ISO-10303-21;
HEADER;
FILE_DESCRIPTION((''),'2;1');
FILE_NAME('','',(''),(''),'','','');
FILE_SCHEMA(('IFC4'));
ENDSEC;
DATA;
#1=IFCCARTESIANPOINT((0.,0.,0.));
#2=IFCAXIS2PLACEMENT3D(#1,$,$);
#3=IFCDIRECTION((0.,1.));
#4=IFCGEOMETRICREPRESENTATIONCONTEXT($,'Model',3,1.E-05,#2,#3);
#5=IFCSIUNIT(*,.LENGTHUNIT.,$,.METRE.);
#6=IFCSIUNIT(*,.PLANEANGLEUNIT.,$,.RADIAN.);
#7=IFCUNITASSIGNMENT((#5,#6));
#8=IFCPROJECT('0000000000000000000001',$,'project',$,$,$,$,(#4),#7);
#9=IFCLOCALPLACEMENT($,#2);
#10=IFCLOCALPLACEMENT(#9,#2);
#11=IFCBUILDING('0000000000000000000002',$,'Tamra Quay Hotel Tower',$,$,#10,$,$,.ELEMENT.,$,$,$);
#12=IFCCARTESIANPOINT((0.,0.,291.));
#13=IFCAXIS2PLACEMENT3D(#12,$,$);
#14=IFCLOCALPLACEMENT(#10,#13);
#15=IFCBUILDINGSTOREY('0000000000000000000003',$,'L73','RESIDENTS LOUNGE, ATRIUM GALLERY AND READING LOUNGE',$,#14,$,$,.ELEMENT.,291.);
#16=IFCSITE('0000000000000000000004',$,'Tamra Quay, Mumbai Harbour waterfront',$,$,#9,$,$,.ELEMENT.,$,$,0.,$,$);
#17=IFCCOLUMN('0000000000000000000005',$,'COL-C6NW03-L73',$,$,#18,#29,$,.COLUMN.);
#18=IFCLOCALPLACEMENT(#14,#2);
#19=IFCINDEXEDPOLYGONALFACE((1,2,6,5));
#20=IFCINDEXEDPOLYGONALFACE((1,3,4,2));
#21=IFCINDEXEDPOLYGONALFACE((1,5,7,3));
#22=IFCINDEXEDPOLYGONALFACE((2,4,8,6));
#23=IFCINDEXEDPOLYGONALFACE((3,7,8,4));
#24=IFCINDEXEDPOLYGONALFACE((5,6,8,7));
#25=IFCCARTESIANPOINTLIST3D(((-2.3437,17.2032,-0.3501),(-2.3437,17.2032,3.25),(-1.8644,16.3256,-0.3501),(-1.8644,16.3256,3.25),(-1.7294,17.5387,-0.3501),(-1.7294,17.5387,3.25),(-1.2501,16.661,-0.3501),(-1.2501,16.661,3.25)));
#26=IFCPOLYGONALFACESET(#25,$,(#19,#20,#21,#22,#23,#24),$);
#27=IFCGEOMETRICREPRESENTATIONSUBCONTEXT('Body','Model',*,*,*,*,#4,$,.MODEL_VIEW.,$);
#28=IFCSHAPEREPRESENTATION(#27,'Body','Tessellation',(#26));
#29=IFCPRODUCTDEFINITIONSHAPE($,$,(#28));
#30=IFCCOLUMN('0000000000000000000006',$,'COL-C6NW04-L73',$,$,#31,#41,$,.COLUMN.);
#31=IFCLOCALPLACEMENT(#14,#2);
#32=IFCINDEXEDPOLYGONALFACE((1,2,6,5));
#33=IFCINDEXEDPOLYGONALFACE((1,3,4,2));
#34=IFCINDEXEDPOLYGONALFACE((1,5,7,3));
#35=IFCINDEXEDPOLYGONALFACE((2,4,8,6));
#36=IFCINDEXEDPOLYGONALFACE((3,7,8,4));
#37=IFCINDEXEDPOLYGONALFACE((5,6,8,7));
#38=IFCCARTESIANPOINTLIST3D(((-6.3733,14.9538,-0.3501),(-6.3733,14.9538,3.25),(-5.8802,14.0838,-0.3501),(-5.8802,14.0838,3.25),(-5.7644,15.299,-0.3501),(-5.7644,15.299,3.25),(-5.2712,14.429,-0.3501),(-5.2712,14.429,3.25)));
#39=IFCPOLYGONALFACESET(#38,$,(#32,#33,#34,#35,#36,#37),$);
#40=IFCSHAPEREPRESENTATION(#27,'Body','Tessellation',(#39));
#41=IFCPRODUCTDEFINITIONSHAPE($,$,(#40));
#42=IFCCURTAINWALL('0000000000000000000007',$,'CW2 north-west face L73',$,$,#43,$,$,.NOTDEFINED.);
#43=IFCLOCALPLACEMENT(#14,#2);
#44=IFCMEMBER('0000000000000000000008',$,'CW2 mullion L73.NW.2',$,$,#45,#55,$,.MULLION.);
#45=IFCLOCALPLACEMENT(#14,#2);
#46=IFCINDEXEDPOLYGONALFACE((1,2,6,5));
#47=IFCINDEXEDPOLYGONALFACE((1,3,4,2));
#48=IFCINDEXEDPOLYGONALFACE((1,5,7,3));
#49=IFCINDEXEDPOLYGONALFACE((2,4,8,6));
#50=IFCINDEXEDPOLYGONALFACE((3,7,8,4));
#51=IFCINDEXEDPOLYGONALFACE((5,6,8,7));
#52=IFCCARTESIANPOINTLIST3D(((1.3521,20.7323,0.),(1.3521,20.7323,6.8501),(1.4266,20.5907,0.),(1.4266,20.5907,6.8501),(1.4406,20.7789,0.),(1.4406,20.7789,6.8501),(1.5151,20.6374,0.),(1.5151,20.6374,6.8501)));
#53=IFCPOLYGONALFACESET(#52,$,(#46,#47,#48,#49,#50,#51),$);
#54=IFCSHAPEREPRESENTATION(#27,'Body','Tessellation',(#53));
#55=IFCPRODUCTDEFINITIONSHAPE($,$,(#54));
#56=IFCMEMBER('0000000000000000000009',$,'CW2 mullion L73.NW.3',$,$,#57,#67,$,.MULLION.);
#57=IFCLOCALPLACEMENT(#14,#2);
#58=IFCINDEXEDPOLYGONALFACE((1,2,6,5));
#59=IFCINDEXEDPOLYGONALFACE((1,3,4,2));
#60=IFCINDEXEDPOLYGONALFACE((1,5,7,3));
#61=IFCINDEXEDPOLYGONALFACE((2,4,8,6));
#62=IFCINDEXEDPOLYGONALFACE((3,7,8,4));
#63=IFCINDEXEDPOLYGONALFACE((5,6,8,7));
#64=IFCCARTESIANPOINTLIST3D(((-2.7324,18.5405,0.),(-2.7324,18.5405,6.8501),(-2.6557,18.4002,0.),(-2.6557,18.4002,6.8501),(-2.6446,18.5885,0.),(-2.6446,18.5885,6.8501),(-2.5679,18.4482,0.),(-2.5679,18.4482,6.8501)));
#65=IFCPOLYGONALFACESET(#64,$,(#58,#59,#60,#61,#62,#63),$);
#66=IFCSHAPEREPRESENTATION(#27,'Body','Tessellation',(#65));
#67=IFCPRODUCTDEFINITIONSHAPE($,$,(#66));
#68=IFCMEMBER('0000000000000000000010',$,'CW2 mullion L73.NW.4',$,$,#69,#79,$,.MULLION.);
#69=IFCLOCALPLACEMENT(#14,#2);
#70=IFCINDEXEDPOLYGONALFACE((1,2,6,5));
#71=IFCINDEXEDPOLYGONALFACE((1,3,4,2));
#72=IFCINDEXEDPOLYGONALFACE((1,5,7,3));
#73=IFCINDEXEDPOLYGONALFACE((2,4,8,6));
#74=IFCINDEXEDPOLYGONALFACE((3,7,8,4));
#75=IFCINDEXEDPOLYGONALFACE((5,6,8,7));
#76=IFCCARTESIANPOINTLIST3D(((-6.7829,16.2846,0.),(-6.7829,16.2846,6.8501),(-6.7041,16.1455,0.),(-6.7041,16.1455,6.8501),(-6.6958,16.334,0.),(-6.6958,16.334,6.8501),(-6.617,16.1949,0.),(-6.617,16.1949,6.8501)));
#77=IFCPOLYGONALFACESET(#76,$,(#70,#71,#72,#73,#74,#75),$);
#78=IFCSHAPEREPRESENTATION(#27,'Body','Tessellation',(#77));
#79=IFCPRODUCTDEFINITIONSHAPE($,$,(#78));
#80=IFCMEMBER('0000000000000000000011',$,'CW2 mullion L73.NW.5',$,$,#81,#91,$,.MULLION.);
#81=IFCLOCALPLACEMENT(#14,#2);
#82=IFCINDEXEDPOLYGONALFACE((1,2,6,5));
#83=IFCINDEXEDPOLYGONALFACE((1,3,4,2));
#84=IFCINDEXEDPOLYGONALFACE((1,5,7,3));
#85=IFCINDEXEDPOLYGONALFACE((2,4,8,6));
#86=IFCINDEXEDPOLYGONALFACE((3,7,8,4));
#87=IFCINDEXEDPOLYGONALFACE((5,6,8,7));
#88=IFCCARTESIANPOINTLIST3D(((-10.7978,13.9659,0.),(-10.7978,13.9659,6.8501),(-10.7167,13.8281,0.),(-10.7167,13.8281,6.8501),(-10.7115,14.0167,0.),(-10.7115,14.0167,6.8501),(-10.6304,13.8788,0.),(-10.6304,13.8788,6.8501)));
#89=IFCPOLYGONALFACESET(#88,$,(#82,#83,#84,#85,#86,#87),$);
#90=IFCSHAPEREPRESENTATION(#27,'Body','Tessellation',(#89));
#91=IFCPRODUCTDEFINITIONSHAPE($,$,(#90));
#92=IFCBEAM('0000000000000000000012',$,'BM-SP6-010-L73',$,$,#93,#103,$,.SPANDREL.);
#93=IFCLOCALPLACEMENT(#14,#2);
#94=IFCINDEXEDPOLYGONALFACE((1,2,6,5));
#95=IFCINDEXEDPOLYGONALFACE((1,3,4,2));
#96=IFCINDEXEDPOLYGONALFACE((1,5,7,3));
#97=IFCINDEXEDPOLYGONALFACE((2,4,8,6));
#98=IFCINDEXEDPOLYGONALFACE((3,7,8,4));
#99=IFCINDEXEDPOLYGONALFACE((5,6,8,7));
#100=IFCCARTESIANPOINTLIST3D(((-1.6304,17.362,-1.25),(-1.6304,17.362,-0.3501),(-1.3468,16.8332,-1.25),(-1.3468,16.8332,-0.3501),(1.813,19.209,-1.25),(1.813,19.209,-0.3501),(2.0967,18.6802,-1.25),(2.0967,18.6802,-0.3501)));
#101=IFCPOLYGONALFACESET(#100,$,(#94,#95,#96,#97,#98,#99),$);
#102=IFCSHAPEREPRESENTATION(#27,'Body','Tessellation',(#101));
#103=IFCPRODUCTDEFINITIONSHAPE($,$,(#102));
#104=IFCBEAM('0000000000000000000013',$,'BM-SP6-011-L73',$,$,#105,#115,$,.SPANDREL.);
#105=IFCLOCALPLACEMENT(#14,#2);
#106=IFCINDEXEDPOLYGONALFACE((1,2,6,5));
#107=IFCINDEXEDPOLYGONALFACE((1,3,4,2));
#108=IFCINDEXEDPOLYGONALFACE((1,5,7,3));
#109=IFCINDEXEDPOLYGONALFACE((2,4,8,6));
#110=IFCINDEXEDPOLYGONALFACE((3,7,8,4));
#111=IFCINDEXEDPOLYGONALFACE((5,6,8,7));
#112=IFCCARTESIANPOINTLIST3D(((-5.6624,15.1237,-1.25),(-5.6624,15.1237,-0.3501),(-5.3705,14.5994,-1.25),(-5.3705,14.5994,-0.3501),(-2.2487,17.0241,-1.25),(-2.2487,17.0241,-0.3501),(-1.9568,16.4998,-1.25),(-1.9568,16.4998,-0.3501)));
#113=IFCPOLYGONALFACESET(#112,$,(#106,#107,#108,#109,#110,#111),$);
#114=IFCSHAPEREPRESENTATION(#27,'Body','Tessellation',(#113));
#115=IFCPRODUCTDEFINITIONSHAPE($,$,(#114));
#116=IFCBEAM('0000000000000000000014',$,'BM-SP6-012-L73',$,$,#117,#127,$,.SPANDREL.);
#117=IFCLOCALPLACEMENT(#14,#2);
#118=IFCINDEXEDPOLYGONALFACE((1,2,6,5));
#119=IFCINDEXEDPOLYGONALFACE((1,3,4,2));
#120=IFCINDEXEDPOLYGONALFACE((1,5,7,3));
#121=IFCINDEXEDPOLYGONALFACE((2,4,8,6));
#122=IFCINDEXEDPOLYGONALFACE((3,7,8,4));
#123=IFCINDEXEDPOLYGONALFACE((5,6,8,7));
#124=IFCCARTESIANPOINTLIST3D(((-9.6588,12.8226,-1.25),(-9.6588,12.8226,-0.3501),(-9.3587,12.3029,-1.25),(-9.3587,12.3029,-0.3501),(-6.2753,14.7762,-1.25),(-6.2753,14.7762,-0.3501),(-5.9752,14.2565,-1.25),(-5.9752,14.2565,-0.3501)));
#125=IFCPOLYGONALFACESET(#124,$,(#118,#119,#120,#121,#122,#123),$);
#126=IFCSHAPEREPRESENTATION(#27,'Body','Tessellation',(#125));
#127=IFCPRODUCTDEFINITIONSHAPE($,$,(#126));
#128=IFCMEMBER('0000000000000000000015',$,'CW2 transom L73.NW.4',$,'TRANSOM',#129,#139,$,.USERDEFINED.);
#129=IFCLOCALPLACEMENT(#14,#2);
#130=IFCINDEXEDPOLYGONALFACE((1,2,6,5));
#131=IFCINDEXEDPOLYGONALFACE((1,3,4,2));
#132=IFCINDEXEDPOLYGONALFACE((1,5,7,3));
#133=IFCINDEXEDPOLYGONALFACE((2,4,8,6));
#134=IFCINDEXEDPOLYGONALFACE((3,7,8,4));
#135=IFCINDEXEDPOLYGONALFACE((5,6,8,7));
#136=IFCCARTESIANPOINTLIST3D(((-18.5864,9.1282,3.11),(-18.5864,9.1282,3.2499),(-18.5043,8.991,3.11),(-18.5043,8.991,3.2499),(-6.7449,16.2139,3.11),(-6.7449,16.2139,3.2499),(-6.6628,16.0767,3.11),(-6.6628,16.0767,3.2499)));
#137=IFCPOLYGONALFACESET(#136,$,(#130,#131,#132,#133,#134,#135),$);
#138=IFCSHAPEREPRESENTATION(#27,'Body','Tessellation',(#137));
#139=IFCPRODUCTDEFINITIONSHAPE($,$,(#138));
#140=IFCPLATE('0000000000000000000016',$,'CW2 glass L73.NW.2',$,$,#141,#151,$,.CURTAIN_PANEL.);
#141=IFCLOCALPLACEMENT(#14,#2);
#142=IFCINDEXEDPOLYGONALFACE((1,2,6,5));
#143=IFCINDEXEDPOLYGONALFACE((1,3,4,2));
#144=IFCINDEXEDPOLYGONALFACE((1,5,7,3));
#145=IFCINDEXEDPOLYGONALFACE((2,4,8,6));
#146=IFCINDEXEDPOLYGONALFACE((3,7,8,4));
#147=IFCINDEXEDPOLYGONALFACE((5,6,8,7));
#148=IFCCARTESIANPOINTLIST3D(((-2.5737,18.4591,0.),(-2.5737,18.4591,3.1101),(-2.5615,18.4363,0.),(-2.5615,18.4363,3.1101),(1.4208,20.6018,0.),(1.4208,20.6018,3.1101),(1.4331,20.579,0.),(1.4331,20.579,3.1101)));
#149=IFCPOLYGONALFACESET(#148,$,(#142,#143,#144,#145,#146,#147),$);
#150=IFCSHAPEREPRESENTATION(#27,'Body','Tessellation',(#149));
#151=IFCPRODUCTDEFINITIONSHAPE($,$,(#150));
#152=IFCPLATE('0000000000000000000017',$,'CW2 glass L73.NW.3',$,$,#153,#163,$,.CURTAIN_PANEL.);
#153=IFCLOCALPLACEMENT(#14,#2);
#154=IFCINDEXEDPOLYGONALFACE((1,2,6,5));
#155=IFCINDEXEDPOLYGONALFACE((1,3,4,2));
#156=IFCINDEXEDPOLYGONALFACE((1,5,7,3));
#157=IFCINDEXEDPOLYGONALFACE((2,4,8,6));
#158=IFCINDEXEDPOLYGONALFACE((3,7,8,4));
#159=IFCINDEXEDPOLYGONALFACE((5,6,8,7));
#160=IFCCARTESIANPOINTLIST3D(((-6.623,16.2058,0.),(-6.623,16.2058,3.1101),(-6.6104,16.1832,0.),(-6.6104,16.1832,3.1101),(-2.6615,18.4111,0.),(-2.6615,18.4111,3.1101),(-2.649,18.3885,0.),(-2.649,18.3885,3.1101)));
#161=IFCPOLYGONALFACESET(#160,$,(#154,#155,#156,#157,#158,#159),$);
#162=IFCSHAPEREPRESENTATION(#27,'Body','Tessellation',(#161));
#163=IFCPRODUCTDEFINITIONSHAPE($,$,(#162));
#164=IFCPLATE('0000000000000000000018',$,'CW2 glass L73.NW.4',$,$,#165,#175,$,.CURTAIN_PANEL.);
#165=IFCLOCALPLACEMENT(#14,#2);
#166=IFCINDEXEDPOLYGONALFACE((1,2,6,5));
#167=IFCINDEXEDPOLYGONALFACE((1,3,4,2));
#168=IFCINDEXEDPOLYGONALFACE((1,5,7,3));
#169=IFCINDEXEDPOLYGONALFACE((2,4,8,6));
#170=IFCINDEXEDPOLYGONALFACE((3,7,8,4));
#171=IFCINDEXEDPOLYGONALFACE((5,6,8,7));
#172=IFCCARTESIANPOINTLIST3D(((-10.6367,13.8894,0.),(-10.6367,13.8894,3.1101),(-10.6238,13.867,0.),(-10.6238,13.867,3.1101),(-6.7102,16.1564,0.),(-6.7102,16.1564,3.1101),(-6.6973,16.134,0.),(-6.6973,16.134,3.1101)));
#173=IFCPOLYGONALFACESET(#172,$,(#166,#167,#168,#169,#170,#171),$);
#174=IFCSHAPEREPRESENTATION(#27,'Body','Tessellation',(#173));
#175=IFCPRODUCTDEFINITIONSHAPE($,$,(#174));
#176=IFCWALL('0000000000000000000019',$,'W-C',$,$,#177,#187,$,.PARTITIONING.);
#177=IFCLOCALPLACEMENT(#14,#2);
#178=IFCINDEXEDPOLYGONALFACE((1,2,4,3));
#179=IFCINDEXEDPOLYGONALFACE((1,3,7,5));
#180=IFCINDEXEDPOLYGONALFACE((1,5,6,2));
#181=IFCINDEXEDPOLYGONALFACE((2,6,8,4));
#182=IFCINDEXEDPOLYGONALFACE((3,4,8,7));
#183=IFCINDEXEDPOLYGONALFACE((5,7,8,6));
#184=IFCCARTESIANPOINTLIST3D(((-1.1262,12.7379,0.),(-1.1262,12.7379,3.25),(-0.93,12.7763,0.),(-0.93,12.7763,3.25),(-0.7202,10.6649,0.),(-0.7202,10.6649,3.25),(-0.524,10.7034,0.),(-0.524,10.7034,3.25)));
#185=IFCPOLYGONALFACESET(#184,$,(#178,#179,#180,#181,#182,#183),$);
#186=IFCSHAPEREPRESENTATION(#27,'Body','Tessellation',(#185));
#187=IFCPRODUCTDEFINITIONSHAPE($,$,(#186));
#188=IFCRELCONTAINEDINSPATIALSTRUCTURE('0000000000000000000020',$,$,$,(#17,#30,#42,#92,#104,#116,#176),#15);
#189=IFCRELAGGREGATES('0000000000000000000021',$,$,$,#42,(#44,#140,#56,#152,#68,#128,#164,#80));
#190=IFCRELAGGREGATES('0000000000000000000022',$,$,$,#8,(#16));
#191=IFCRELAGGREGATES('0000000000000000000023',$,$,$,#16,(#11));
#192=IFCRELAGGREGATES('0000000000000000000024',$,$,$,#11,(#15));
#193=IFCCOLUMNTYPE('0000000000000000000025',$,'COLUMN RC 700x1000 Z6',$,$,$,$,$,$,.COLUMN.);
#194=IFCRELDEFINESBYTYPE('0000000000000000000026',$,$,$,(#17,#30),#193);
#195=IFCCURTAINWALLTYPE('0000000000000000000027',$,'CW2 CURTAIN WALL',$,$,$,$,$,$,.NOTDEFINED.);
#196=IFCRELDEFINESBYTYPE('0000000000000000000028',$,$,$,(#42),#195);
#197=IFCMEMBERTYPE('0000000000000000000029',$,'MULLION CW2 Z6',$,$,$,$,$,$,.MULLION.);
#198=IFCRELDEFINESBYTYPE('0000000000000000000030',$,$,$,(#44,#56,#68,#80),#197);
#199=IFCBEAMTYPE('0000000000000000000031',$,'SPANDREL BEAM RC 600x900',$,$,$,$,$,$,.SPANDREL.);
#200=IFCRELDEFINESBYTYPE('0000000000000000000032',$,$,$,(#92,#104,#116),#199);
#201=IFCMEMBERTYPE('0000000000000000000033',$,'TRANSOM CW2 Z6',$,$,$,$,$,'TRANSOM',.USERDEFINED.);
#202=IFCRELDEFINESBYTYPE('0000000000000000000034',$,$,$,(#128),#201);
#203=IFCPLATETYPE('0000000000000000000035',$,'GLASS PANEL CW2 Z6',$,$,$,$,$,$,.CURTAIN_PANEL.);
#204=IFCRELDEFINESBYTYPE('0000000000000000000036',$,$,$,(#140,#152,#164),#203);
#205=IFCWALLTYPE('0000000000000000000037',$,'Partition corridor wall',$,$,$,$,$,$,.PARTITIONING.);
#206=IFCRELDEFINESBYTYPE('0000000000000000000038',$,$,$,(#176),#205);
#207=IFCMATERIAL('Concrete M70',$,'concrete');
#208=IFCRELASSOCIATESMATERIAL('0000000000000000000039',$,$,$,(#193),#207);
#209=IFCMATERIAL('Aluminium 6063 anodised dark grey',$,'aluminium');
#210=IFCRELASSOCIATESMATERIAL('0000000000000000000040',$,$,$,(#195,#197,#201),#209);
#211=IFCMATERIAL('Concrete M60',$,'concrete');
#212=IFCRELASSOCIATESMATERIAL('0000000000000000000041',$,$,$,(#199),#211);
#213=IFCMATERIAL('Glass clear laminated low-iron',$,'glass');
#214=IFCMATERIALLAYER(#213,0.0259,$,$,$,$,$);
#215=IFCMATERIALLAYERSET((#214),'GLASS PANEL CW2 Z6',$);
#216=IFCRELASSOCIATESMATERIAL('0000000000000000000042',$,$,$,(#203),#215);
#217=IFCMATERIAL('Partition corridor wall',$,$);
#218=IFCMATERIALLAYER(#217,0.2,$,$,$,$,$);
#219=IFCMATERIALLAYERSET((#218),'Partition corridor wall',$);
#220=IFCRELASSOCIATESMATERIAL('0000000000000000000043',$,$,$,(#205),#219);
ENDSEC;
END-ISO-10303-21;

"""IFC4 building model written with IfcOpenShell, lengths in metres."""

from ifc_helpers import new_model, si_unit, direction, frame, frame_2d, origin, origin_2d, place, context, subcontext, project, spatial, rectangle, extrude, material, layer, layer_set, material_profile, profile_set, type_object, element, aggregate, save


model = new_model("IFC4")

# Units and contexts
model_context = context("Model", 3, precision=1e-05, world=origin(), true_north=direction((0.0, 1.0)))
body_context = subcontext(model_context, "Body", "Model", "MODEL_VIEW")
ifc_project = project(units=[si_unit("LENGTHUNIT", "METRE"), si_unit("PLANEANGLEUNIT", "RADIAN")], contexts=[model_context])

# Site, building, storey
site_placement = place(None, origin())
site = spatial("IfcSite", under=ifc_project, at=site_placement, Name="Tamra Quay, Mumbai Harbour waterfront", CompositionType="ELEMENT", RefElevation=0.0)
building_placement = place(site_placement, origin())
building = spatial("IfcBuilding", under=site, at=building_placement, Name="Tamra Quay Hotel Tower", CompositionType="ELEMENT")
storey_placement = place(building_placement, frame((0.0, 0.0, 291.0)))
storey = spatial("IfcBuildingStorey", under=building, at=storey_placement, Name="L73", Description="RESIDENTS LOUNGE, ATRIUM GALLERY AND READING LOUNGE", CompositionType="ELEMENT", Elevation=291.0)

# Columns
ifc_material_1 = material(Name="Concrete M70", Category="concrete")
ifc_material_profile_1 = material_profile(ifc_material_1, rectangle(XDim=1.0, YDim=0.7, at=origin_2d()), Name="COLUMN RC 700x1000 Z6")
ifc_profile_set_1 = profile_set([ifc_material_profile_1], Name="Concrete M70")
column_type = type_object("IfcColumnType", Name="COLUMN RC 700x1000 Z6", PredefinedType="COLUMN", material=ifc_profile_set_1)
for number, where, z_axis, x_axis, name in (
    (1, (-1.7969, 16.9321, -0.3501), (0.0, 0.0, 1.0), (-0.479288, 0.877658, 0.0), "COL-C6NW03-L73"),
    (2, (-5.8223, 14.6914, -0.3501), (0.0, 0.0, 1.0), (-0.493125, 0.869958, 0.0), "COL-C6NW04-L73"),
):
    element("IfcColumn", number, at=place(storey_placement, frame(where, z_axis=z_axis, x_axis=x_axis)), inside=storey, type_object=column_type, Name=name, PredefinedType="COLUMN", context=body_context, shape_type="SweptSolid", body=[
        extrude(rectangle(XDim=1.0, YDim=0.7, at=origin_2d()), origin(), (0.0, 0.0, 1.0), 3.6001),
    ])

# Curtain wall, members
ifc_material_2 = material(Name="Aluminium 6063 anodised dark grey", Category="aluminium")
curtain_wall_type = type_object("IfcCurtainWallType", Name="CW2 CURTAIN WALL", PredefinedType="NOTDEFINED", material=ifc_material_2)
curtain_wall_placement = place(storey_placement, origin())
curtain_wall = element("IfcCurtainWall", 3, at=curtain_wall_placement, inside=storey, type_object=curtain_wall_type, Name="CW2 north-west face L73", PredefinedType="NOTDEFINED")
ifc_material_profile_2 = material_profile(ifc_material_2, rectangle(XDim=0.1599, YDim=0.1001, at=origin_2d()), Name="MULLION 100X160")
ifc_profile_set_2 = profile_set([ifc_material_profile_2], Name="Aluminium 6063 anodised dark grey")
member_type_1 = type_object("IfcMemberType", Name="MULLION CW2 Z6", PredefinedType="MULLION", material=ifc_profile_set_2)
member_1_placement = place(storey_placement, frame((1.4336, 20.6848, 0.0), z_axis=(0.0, 0.0, 1.0), x_axis=(-0.465816, 0.884882, 0.0)))
member_1 = element("IfcMember", 4, at=member_1_placement, type_object=member_type_1, Name="CW2 mullion L73.NW.2", PredefinedType="MULLION", context=body_context, shape_type="SweptSolid", body=[
    extrude(rectangle(XDim=0.1599, YDim=0.1001, at=origin_2d()), origin(), (0.0, 0.0, 1.0), 6.8501),
])
member_2_placement = place(storey_placement, frame((-2.6501, 18.4944, 0.0), z_axis=(0.0, 0.0, 1.0), x_axis=(-0.479565, 0.877506, 0.0)))
member_2 = element("IfcMember", 5, at=member_2_placement, type_object=member_type_1, Name="CW2 mullion L73.NW.3", PredefinedType="MULLION", context=body_context, shape_type="SweptSolid", body=[
    extrude(rectangle(XDim=0.1599, YDim=0.1001, at=origin_2d()), origin(), (0.0, 0.0, 1.0), 6.8501),
])
member_3_placement = place(storey_placement, frame((-6.7, 16.2397, 0.0), z_axis=(0.0, 0.0, 1.0), x_axis=(-0.493215, 0.869907, 0.0)))
member_3 = element("IfcMember", 6, at=member_3_placement, type_object=member_type_1, Name="CW2 mullion L73.NW.4", PredefinedType="MULLION", context=body_context, shape_type="SweptSolid", body=[
    extrude(rectangle(XDim=0.1599, YDim=0.1001, at=origin_2d()), origin(), (0.0, 0.0, 1.0), 6.8501),
])
member_4_placement = place(storey_placement, frame((-10.7141, 13.9224, 0.0), z_axis=(0.0, 0.0, 1.0), x_axis=(-0.506754, 0.862091, 0.0)))
member_4 = element("IfcMember", 7, at=member_4_placement, type_object=member_type_1, Name="CW2 mullion L73.NW.5", PredefinedType="MULLION", context=body_context, shape_type="SweptSolid", body=[
    extrude(rectangle(XDim=0.1599, YDim=0.1001, at=origin_2d()), origin(), (0.0, 0.0, 1.0), 6.8501),
])

# Beams
ifc_material_3 = material(Name="Concrete M60", Category="concrete")
ifc_material_profile_3 = material_profile(ifc_material_3, rectangle(XDim=0.6001, YDim=0.8999, at=origin_2d()), Name="SPANDREL BEAM RC 600x900")
ifc_profile_set_3 = profile_set([ifc_material_profile_3], Name="Concrete M60")
beam_type = type_object("IfcBeamType", Name="SPANDREL BEAM RC 600x900", PredefinedType="SPANDREL", material=ifc_profile_set_3)
beam_placement = place(storey_placement, frame((1.9548, 18.9446, -0.8), z_axis=(-0.881238, -0.472672, 0.0), x_axis=(0.472672, -0.881238, 0.0)))
element("IfcBeam", 8, at=beam_placement, inside=storey, type_object=beam_type, Name="BM-SP6-010-L73", PredefinedType="SPANDREL", context=body_context, shape_type="SweptSolid", body=[
    extrude(rectangle(XDim=0.6001, YDim=0.8999, at=origin_2d()), origin(), (0.0, 0.0, 1.0), 3.9075),
])
for number, where, z_axis, x_axis, name in (
    (9, (-2.1028, 16.762, -0.8), (-0.873727, -0.486417, 0.0), (0.486417, -0.873727, 0.0), "BM-SP6-011-L73"),
    (10, (-6.1252, 14.5164, -0.8), (-0.866012, -0.500024, 0.0), (0.500024, -0.866012, 0.0), "BM-SP6-012-L73"),
):
    element("IfcBeam", number, at=place(storey_placement, frame(where, z_axis=z_axis, x_axis=x_axis)), inside=storey, type_object=beam_type, Name=name, PredefinedType="SPANDREL", context=body_context, shape_type="SweptSolid", body=[
        extrude(rectangle(XDim=0.6001, YDim=0.8999, at=origin_2d()), origin(), (0.0, 0.0, 1.0), 3.907),
    ])

# Member
ifc_material_profile_4 = material_profile(ifc_material_2, rectangle(XDim=0.1599, YDim=0.1399, at=origin_2d()), Name="TRANSOM 160X140")
ifc_profile_set_4 = profile_set([ifc_material_profile_4], Name="Aluminium 6063 anodised dark grey")
member_type_2 = type_object("IfcMemberType", Name="TRANSOM CW2 Z6", ElementType="TRANSOM", PredefinedType="USERDEFINED", material=ifc_profile_set_4)
member_5_placement = place(storey_placement, frame((-6.7039, 16.1453, 3.1799), z_axis=(-0.858107, -0.51347, 0.0), x_axis=(0.51347, -0.858107, 0.0)))
member_5 = element("IfcMember", 11, at=member_5_placement, type_object=member_type_2, Name="CW2 transom L73.NW.4", ObjectType="TRANSOM", PredefinedType="USERDEFINED", context=body_context, shape_type="SweptSolid", body=[
    extrude(rectangle(XDim=0.1599, YDim=0.1399, at=origin_2d()), origin(), (0.0, 0.0, 1.0), 13.7996),
])

# Plates
ifc_material_4 = material(Name="Glass clear laminated low-iron", Category="glass")
ifc_layer_1 = layer(ifc_material_4, 0.0259)
ifc_layer_set_1 = layer_set([ifc_layer_1], Name="GLASS PANEL CW2 Z6")
plate_type = type_object("IfcPlateType", Name="GLASS PANEL CW2 Z6", PredefinedType="CURTAIN_PANEL", material=ifc_layer_set_1)
plate_1_placement = place(storey_placement, frame((-0.5703, 19.519, 0.0), z_axis=(0.0, 0.0, 1.0), x_axis=(-0.881224, -0.4727, 0.0)))
plate_1 = element("IfcPlate", 12, at=plate_1_placement, type_object=plate_type, Name="CW2 glass L73.NW.2", PredefinedType="CURTAIN_PANEL", context=body_context, shape_type="SweptSolid", body=[
    extrude(rectangle(XDim=4.533, YDim=0.0259, at=origin_2d()), origin(), (0.0, 0.0, 1.0), 3.1101),
])
plate_2_placement = place(storey_placement, frame((-4.636, 17.2971, 0.0), z_axis=(0.0, 0.0, 1.0), x_axis=(-0.873736, -0.486401, 0.0)))
plate_2 = element("IfcPlate", 13, at=plate_2_placement, type_object=plate_type, Name="CW2 glass L73.NW.3", PredefinedType="CURTAIN_PANEL", context=body_context, shape_type="SweptSolid", body=[
    extrude(rectangle(XDim=4.5339, YDim=0.0259, at=origin_2d()), origin(), (0.0, 0.0, 1.0), 3.1101),
])
plate_3_placement = place(storey_placement, frame((-8.667, 15.0117, 0.0), z_axis=(0.0, 0.0, 1.0), x_axis=(-0.866025, -0.5, 0.0)))
plate_3 = element("IfcPlate", 14, at=plate_3_placement, type_object=plate_type, Name="CW2 glass L73.NW.4", PredefinedType="CURTAIN_PANEL", context=body_context, shape_type="SweptSolid", body=[
    extrude(rectangle(XDim=4.5339, YDim=0.0259, at=origin_2d()), origin(), (0.0, 0.0, 1.0), 3.1101),
])
aggregate(curtain_wall, [member_1, plate_1, member_2, plate_2, member_3, member_5, plate_3, member_4])

# Wall
ifc_material_5 = material(Name="Partition corridor wall")
ifc_layer_2 = layer(ifc_material_5, 0.2)
ifc_layer_set_2 = layer_set([ifc_layer_2], Name="Partition corridor wall")
wall_type_1 = type_object("IfcWallType", Name="Partition corridor wall", PredefinedType="PARTITIONING", material=ifc_layer_set_2)
wall_1_placement = place(storey_placement, frame((-1.0281, 12.7571, 0.0), z_axis=(0.0, 0.0, 1.0), x_axis=(0.192203, -0.981355, 0.0)))
element("IfcWall", 15, at=wall_1_placement, inside=storey, type_object=wall_type_1, Name="W-C", PredefinedType="PARTITIONING", context=body_context, shape_type="SweptSolid", body=[
    extrude(rectangle(XDim=2.1123, YDim=0.2, at=frame_2d((1.0562, 0.0))), origin(), (0.0, 0.0, 1.0), 3.25),
])

save(model, "model.ifc")
